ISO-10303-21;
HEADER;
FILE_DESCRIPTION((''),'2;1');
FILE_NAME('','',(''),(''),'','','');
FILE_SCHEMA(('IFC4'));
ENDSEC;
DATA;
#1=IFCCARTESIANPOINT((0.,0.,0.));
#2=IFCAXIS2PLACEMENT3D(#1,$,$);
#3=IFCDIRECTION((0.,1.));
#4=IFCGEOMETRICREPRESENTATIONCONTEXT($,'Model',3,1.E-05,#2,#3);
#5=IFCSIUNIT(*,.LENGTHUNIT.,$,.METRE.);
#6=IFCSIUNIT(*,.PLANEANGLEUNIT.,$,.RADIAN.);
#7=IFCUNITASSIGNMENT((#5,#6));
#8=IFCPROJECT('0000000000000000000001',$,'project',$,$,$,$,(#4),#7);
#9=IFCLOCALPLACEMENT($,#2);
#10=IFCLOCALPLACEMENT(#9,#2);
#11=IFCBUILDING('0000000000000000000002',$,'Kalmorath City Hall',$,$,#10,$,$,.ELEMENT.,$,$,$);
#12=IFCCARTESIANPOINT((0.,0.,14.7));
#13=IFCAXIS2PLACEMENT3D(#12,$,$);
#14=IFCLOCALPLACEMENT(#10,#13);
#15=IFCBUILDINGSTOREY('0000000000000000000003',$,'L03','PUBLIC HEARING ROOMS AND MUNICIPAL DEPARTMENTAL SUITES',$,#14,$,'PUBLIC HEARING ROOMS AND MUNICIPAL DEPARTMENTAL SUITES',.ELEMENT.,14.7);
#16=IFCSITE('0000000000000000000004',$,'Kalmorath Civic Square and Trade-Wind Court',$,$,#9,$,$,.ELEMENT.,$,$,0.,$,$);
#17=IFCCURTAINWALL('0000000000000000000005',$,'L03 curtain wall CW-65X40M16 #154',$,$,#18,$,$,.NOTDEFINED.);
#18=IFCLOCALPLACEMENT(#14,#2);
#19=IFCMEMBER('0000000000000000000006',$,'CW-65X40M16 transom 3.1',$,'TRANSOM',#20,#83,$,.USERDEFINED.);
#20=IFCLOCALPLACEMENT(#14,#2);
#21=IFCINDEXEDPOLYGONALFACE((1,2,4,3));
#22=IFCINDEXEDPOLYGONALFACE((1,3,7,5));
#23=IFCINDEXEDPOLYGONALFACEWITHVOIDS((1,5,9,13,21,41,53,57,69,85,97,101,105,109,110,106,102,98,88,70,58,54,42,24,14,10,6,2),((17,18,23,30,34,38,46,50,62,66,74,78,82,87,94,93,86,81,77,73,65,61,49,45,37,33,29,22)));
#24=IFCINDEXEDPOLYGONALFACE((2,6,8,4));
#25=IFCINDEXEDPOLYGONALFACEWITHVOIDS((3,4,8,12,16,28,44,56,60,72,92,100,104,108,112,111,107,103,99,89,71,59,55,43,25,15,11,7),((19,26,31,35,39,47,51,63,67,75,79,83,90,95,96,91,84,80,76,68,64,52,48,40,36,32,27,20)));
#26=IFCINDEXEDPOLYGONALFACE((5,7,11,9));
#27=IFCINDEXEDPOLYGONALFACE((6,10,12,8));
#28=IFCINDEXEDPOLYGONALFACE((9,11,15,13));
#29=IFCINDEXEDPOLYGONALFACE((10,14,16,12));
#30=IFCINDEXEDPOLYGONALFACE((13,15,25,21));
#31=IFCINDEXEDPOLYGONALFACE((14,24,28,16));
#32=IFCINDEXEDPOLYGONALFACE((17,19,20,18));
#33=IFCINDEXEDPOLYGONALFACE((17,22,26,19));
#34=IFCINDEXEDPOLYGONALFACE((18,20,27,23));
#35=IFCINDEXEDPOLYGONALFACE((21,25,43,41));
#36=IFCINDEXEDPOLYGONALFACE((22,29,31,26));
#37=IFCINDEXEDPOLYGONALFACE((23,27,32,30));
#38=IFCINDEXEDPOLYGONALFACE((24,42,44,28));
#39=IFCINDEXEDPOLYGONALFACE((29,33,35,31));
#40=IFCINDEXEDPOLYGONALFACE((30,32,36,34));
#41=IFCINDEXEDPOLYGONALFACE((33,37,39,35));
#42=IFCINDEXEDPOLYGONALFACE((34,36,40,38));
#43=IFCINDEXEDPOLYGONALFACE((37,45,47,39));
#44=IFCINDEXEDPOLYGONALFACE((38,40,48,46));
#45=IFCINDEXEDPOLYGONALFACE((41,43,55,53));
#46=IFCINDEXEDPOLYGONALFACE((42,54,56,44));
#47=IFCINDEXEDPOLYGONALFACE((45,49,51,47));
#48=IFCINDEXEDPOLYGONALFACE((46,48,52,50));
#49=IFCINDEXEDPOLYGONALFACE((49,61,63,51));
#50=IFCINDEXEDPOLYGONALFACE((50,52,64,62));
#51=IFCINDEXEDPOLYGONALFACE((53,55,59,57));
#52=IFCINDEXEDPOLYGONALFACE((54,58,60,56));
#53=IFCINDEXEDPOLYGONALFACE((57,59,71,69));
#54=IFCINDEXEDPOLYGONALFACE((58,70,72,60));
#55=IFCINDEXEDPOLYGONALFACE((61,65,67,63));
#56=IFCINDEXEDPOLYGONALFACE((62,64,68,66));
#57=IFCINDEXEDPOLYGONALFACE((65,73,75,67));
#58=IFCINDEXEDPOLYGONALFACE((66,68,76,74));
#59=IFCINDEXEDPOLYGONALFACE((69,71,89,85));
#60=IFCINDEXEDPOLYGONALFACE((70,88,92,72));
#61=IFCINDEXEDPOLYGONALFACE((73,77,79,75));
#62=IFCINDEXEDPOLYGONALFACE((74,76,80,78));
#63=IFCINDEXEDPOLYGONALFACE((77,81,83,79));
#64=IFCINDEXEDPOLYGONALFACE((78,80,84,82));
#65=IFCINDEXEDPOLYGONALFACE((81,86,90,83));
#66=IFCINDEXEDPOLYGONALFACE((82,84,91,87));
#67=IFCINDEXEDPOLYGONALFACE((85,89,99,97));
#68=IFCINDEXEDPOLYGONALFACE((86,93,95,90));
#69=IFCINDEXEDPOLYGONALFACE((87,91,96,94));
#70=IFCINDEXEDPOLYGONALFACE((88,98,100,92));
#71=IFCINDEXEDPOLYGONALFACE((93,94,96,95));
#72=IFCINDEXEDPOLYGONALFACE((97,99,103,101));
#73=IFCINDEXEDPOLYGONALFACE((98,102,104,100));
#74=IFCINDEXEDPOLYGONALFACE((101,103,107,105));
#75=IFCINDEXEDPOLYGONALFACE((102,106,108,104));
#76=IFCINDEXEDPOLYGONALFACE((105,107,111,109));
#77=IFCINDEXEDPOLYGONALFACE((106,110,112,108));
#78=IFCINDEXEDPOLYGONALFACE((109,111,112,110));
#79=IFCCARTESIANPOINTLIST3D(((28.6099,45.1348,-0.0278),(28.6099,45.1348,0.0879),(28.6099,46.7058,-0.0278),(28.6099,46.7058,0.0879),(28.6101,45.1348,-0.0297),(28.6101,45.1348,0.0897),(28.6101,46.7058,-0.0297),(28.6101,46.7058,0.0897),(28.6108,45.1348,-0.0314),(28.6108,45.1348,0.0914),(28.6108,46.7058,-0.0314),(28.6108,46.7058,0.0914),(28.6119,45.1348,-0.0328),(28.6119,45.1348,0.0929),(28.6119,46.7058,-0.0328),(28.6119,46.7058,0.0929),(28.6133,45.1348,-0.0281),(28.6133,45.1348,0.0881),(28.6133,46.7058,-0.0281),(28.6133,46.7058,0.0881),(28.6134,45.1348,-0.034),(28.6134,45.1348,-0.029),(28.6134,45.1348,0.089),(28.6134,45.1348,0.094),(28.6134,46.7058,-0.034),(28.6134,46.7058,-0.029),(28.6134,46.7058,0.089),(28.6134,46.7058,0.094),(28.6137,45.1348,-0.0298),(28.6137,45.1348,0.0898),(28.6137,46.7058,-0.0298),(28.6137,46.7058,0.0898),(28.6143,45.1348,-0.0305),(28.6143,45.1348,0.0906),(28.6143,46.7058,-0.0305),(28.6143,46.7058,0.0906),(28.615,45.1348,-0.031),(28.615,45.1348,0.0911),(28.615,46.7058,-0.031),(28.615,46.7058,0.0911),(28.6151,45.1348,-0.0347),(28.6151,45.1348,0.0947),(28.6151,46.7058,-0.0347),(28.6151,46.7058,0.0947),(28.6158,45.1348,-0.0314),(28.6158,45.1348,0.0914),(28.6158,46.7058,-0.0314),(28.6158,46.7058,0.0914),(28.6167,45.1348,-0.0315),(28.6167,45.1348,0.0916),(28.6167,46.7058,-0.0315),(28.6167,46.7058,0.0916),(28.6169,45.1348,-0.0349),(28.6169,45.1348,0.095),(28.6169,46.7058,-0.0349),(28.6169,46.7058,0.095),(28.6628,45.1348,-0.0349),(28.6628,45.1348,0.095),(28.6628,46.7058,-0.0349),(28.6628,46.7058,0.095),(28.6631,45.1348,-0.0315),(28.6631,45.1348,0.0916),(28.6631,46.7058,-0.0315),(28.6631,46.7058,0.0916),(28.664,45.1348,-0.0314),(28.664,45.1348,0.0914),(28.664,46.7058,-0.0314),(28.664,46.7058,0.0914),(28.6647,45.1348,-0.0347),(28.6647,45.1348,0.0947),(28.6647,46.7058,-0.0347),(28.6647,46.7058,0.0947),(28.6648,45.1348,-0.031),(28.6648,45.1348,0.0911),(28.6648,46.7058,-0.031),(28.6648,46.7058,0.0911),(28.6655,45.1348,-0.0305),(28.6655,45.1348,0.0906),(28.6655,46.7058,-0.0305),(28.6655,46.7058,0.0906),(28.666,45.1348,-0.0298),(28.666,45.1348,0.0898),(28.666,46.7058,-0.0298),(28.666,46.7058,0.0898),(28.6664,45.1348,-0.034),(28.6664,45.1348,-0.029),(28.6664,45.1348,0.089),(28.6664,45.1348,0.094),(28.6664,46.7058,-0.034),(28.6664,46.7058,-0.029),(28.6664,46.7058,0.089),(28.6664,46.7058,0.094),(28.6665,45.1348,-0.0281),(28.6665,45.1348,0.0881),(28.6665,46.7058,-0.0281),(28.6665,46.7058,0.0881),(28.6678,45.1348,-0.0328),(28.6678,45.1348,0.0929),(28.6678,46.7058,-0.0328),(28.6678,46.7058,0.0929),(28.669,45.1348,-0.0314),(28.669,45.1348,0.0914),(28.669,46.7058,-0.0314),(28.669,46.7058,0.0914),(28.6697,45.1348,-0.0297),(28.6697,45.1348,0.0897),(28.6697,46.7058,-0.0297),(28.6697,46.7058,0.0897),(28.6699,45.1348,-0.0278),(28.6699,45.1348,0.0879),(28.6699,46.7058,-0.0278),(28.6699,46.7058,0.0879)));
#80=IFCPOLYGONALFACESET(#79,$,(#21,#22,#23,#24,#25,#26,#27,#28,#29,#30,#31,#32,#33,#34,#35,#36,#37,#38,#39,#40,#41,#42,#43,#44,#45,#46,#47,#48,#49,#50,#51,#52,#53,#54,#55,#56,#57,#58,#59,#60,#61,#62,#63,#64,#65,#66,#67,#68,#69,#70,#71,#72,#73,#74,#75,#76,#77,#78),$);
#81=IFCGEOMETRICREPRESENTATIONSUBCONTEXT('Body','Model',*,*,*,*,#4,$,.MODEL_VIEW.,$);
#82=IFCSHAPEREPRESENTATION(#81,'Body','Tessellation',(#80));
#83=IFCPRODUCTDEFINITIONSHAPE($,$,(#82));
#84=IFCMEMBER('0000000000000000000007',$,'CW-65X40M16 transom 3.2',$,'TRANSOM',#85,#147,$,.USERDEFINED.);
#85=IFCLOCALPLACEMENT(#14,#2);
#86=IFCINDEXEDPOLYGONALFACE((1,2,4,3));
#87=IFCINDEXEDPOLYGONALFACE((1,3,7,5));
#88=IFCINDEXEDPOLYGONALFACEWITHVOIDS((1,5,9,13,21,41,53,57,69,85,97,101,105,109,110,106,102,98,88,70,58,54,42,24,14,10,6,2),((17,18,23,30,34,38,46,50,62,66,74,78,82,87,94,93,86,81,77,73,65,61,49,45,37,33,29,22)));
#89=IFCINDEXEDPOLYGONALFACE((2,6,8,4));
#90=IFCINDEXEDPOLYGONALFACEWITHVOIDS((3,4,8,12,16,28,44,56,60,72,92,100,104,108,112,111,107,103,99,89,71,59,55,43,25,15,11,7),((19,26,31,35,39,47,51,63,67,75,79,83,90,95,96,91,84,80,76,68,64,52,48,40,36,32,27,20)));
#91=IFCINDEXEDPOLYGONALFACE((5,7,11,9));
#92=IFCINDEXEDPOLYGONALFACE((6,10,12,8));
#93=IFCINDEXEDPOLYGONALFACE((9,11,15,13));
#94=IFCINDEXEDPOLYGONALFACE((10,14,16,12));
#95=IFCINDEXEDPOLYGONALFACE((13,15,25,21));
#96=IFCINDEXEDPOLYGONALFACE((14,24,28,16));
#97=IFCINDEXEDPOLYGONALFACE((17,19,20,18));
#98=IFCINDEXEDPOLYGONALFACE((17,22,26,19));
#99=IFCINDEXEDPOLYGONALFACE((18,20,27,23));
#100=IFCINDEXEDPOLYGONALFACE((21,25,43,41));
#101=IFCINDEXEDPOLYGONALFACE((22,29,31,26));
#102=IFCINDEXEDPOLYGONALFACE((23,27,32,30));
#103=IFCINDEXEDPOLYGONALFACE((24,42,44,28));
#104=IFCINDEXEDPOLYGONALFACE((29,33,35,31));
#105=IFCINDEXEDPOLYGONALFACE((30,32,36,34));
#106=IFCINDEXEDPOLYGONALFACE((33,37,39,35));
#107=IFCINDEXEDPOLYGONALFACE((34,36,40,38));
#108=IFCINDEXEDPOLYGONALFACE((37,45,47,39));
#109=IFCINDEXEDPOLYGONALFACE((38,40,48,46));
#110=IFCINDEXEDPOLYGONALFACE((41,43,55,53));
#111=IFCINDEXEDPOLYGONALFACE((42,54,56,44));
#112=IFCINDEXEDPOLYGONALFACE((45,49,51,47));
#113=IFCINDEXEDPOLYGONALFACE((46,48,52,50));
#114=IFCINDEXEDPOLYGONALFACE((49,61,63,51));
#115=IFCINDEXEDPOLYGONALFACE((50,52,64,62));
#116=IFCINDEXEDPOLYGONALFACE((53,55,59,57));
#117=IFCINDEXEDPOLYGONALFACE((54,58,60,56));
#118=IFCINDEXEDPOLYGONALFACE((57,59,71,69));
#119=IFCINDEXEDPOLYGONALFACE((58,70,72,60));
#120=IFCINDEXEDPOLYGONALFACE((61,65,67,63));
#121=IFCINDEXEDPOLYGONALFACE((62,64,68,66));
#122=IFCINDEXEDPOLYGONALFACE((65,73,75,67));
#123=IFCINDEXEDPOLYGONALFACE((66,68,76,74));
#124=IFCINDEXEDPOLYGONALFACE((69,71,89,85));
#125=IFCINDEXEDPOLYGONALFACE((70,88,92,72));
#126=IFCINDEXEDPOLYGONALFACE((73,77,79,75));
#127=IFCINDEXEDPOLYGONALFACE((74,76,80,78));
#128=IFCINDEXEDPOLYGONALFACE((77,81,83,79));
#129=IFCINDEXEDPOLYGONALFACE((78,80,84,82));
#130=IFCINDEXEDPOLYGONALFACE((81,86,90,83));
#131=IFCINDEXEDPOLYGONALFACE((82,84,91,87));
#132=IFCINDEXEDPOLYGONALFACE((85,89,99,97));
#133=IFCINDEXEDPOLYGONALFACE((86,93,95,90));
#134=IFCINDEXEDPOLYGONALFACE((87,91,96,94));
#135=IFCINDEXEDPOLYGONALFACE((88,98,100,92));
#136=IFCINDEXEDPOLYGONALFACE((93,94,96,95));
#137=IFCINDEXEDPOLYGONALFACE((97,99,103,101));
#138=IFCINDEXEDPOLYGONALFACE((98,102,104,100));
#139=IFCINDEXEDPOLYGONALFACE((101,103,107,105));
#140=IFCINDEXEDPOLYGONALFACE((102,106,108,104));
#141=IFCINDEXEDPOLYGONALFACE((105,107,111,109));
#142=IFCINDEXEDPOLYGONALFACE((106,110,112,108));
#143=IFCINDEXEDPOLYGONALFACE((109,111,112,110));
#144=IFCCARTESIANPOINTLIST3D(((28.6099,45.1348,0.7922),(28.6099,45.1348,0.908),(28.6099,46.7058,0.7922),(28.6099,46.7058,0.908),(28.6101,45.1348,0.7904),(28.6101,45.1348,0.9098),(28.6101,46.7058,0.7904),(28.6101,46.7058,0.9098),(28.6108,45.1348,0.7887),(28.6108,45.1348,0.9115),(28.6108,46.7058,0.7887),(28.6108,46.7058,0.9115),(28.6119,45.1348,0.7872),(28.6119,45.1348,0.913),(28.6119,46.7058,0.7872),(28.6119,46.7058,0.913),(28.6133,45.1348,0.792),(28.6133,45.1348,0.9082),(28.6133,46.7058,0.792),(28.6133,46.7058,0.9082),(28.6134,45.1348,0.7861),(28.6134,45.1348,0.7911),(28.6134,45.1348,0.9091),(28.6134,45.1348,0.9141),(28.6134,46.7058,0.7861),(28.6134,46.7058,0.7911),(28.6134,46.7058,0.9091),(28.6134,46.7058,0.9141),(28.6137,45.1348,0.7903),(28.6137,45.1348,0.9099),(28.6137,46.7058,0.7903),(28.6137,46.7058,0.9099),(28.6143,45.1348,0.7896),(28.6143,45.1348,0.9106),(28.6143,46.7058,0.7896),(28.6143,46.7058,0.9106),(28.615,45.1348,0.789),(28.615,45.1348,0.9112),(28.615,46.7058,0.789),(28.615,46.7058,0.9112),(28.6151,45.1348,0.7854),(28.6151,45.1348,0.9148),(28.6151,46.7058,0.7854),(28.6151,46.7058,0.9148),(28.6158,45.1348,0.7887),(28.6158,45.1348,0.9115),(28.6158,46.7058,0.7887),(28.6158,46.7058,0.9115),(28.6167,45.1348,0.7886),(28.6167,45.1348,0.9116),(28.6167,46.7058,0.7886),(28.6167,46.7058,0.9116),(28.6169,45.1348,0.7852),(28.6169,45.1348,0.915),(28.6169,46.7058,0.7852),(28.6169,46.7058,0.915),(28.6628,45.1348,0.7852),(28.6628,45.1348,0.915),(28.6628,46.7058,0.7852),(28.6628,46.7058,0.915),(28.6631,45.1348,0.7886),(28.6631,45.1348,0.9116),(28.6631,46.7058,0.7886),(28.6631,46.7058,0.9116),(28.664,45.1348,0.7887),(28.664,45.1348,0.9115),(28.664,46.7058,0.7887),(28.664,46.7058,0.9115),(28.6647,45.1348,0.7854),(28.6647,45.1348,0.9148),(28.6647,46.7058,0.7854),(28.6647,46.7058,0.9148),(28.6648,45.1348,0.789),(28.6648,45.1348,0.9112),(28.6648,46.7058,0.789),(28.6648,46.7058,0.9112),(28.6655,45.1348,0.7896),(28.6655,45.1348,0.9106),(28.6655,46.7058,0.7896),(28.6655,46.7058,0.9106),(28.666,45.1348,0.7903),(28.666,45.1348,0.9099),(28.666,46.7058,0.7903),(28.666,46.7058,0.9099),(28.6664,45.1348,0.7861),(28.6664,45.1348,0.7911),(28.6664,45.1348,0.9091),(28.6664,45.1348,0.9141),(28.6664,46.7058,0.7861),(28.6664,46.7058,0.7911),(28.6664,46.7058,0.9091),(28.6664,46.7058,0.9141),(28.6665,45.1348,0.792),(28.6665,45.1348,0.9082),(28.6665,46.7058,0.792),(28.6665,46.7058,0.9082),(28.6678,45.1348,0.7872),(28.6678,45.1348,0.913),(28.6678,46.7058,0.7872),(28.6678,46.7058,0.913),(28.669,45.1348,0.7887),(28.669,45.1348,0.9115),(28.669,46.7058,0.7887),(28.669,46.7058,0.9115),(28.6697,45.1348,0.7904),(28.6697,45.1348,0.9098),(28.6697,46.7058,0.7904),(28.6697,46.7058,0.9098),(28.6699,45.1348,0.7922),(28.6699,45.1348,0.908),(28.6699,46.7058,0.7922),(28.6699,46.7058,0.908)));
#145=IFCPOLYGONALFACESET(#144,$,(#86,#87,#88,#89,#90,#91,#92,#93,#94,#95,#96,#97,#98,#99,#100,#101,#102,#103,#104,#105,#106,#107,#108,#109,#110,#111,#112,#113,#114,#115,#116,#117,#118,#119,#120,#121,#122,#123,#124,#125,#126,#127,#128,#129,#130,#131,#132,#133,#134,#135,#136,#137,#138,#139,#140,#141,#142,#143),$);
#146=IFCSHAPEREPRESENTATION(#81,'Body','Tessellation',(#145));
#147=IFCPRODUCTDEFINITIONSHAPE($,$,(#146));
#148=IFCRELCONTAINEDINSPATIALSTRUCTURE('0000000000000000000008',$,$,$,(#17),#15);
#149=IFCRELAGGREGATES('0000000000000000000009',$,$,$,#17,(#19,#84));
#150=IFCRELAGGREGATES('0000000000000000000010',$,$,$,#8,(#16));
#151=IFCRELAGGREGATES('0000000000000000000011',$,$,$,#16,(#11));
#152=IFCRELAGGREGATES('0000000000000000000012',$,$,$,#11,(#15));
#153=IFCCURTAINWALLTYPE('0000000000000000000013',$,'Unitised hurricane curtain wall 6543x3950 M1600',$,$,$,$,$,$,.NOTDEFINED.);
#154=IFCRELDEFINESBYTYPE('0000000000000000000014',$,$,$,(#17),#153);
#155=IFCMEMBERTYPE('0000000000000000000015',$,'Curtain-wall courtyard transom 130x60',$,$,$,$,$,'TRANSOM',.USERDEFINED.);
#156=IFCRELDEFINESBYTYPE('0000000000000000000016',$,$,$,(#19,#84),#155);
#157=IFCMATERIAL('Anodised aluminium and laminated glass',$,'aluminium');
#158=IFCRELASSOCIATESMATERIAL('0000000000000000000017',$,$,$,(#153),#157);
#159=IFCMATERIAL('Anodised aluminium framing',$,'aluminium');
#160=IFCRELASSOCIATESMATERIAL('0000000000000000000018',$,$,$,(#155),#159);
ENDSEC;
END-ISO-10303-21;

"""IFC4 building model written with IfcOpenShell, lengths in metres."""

from ifc_helpers import new_model, si_unit, direction, frame, origin, origin_2d, place, context, subcontext, project, spatial, hollow_rectangle, extrude, material, material_profile, profile_set, type_object, element, aggregate, save


model = new_model("IFC4")

# Units and contexts
model_context = context("Model", 3, precision=1e-05, world=origin(), true_north=direction((0.0, 1.0)))
body_context = subcontext(model_context, "Body", "Model", "MODEL_VIEW")
ifc_project = project(units=[si_unit("LENGTHUNIT", "METRE"), si_unit("PLANEANGLEUNIT", "RADIAN")], contexts=[model_context])

# Site, building, storey
site_placement = place(None, origin())
site = spatial("IfcSite", under=ifc_project, at=site_placement, Name="Kalmorath Civic Square and Trade-Wind Court", CompositionType="ELEMENT", RefElevation=0.0)
building_placement = place(site_placement, origin())
building = spatial("IfcBuilding", under=site, at=building_placement, Name="Kalmorath City Hall", CompositionType="ELEMENT")
storey_placement = place(building_placement, frame((0.0, 0.0, 14.7)))
storey = spatial("IfcBuildingStorey", under=building, at=storey_placement, Name="L03", Description="PUBLIC HEARING ROOMS AND MUNICIPAL DEPARTMENTAL SUITES", LongName="PUBLIC HEARING ROOMS AND MUNICIPAL DEPARTMENTAL SUITES", CompositionType="ELEMENT", Elevation=14.7)

# Curtain wall, members
ifc_material_1 = material(Name="Anodised aluminium and laminated glass", Category="aluminium")
curtain_wall_type = type_object("IfcCurtainWallType", Name="Unitised hurricane curtain wall 6543x3950 M1600", PredefinedType="NOTDEFINED", material=ifc_material_1)
curtain_wall_placement = place(storey_placement, origin())
curtain_wall = element("IfcCurtainWall", 1, at=curtain_wall_placement, inside=storey, type_object=curtain_wall_type, Name="L03 curtain wall CW-65X40M16 #154", PredefinedType="NOTDEFINED")
ifc_material_2 = material(Name="Anodised aluminium framing", Category="aluminium")
ifc_material_profile_1 = material_profile(ifc_material_2, hollow_rectangle(XDim=0.0601, YDim=0.1299, WallThickness=0.0034, InnerFilletRadius=0.0034, OuterFilletRadius=0.0071, at=origin_2d()), Name="ALU-TRN-130X60X3.5")
ifc_profile_set_1 = profile_set([ifc_material_profile_1], Name="Anodised aluminium framing")
member_type_1 = type_object("IfcMemberType", Name="Curtain-wall courtyard transom 130x60", ElementType="TRANSOM", PredefinedType="USERDEFINED", material=ifc_profile_set_1)
member_1_placement = place(storey_placement, frame((28.6399, 46.7058, 0.03), z_axis=(0.0, -1.0, 0.0), x_axis=(1.0, 0.0, 0.0)))
member_1 = element("IfcMember", 2, at=member_1_placement, type_object=member_type_1, Name="CW-65X40M16 transom 3.1", ObjectType="TRANSOM", PredefinedType="USERDEFINED", context=body_context, shape_type="SweptSolid", body=[
    extrude(hollow_rectangle(XDim=0.0601, YDim=0.1299, WallThickness=0.0034, InnerFilletRadius=0.0034, OuterFilletRadius=0.0071, at=origin_2d()), origin(), (0.0, 0.0, 1.0), 1.571),
])
member_2_placement = place(storey_placement, frame((28.6399, 46.7058, 0.8501), z_axis=(0.0, -1.0, 0.0), x_axis=(1.0, 0.0, 0.0)))
member_2 = element("IfcMember", 3, at=member_2_placement, type_object=member_type_1, Name="CW-65X40M16 transom 3.2", ObjectType="TRANSOM", PredefinedType="USERDEFINED", context=body_context, shape_type="SweptSolid", body=[
    extrude(hollow_rectangle(XDim=0.0601, YDim=0.1299, WallThickness=0.0034, InnerFilletRadius=0.0034, OuterFilletRadius=0.0071, at=origin_2d()), origin(), (0.0, 0.0, 1.0), 1.571),
])

aggregate(curtain_wall, [member_1, member_2])

save(model, "model.ifc")
